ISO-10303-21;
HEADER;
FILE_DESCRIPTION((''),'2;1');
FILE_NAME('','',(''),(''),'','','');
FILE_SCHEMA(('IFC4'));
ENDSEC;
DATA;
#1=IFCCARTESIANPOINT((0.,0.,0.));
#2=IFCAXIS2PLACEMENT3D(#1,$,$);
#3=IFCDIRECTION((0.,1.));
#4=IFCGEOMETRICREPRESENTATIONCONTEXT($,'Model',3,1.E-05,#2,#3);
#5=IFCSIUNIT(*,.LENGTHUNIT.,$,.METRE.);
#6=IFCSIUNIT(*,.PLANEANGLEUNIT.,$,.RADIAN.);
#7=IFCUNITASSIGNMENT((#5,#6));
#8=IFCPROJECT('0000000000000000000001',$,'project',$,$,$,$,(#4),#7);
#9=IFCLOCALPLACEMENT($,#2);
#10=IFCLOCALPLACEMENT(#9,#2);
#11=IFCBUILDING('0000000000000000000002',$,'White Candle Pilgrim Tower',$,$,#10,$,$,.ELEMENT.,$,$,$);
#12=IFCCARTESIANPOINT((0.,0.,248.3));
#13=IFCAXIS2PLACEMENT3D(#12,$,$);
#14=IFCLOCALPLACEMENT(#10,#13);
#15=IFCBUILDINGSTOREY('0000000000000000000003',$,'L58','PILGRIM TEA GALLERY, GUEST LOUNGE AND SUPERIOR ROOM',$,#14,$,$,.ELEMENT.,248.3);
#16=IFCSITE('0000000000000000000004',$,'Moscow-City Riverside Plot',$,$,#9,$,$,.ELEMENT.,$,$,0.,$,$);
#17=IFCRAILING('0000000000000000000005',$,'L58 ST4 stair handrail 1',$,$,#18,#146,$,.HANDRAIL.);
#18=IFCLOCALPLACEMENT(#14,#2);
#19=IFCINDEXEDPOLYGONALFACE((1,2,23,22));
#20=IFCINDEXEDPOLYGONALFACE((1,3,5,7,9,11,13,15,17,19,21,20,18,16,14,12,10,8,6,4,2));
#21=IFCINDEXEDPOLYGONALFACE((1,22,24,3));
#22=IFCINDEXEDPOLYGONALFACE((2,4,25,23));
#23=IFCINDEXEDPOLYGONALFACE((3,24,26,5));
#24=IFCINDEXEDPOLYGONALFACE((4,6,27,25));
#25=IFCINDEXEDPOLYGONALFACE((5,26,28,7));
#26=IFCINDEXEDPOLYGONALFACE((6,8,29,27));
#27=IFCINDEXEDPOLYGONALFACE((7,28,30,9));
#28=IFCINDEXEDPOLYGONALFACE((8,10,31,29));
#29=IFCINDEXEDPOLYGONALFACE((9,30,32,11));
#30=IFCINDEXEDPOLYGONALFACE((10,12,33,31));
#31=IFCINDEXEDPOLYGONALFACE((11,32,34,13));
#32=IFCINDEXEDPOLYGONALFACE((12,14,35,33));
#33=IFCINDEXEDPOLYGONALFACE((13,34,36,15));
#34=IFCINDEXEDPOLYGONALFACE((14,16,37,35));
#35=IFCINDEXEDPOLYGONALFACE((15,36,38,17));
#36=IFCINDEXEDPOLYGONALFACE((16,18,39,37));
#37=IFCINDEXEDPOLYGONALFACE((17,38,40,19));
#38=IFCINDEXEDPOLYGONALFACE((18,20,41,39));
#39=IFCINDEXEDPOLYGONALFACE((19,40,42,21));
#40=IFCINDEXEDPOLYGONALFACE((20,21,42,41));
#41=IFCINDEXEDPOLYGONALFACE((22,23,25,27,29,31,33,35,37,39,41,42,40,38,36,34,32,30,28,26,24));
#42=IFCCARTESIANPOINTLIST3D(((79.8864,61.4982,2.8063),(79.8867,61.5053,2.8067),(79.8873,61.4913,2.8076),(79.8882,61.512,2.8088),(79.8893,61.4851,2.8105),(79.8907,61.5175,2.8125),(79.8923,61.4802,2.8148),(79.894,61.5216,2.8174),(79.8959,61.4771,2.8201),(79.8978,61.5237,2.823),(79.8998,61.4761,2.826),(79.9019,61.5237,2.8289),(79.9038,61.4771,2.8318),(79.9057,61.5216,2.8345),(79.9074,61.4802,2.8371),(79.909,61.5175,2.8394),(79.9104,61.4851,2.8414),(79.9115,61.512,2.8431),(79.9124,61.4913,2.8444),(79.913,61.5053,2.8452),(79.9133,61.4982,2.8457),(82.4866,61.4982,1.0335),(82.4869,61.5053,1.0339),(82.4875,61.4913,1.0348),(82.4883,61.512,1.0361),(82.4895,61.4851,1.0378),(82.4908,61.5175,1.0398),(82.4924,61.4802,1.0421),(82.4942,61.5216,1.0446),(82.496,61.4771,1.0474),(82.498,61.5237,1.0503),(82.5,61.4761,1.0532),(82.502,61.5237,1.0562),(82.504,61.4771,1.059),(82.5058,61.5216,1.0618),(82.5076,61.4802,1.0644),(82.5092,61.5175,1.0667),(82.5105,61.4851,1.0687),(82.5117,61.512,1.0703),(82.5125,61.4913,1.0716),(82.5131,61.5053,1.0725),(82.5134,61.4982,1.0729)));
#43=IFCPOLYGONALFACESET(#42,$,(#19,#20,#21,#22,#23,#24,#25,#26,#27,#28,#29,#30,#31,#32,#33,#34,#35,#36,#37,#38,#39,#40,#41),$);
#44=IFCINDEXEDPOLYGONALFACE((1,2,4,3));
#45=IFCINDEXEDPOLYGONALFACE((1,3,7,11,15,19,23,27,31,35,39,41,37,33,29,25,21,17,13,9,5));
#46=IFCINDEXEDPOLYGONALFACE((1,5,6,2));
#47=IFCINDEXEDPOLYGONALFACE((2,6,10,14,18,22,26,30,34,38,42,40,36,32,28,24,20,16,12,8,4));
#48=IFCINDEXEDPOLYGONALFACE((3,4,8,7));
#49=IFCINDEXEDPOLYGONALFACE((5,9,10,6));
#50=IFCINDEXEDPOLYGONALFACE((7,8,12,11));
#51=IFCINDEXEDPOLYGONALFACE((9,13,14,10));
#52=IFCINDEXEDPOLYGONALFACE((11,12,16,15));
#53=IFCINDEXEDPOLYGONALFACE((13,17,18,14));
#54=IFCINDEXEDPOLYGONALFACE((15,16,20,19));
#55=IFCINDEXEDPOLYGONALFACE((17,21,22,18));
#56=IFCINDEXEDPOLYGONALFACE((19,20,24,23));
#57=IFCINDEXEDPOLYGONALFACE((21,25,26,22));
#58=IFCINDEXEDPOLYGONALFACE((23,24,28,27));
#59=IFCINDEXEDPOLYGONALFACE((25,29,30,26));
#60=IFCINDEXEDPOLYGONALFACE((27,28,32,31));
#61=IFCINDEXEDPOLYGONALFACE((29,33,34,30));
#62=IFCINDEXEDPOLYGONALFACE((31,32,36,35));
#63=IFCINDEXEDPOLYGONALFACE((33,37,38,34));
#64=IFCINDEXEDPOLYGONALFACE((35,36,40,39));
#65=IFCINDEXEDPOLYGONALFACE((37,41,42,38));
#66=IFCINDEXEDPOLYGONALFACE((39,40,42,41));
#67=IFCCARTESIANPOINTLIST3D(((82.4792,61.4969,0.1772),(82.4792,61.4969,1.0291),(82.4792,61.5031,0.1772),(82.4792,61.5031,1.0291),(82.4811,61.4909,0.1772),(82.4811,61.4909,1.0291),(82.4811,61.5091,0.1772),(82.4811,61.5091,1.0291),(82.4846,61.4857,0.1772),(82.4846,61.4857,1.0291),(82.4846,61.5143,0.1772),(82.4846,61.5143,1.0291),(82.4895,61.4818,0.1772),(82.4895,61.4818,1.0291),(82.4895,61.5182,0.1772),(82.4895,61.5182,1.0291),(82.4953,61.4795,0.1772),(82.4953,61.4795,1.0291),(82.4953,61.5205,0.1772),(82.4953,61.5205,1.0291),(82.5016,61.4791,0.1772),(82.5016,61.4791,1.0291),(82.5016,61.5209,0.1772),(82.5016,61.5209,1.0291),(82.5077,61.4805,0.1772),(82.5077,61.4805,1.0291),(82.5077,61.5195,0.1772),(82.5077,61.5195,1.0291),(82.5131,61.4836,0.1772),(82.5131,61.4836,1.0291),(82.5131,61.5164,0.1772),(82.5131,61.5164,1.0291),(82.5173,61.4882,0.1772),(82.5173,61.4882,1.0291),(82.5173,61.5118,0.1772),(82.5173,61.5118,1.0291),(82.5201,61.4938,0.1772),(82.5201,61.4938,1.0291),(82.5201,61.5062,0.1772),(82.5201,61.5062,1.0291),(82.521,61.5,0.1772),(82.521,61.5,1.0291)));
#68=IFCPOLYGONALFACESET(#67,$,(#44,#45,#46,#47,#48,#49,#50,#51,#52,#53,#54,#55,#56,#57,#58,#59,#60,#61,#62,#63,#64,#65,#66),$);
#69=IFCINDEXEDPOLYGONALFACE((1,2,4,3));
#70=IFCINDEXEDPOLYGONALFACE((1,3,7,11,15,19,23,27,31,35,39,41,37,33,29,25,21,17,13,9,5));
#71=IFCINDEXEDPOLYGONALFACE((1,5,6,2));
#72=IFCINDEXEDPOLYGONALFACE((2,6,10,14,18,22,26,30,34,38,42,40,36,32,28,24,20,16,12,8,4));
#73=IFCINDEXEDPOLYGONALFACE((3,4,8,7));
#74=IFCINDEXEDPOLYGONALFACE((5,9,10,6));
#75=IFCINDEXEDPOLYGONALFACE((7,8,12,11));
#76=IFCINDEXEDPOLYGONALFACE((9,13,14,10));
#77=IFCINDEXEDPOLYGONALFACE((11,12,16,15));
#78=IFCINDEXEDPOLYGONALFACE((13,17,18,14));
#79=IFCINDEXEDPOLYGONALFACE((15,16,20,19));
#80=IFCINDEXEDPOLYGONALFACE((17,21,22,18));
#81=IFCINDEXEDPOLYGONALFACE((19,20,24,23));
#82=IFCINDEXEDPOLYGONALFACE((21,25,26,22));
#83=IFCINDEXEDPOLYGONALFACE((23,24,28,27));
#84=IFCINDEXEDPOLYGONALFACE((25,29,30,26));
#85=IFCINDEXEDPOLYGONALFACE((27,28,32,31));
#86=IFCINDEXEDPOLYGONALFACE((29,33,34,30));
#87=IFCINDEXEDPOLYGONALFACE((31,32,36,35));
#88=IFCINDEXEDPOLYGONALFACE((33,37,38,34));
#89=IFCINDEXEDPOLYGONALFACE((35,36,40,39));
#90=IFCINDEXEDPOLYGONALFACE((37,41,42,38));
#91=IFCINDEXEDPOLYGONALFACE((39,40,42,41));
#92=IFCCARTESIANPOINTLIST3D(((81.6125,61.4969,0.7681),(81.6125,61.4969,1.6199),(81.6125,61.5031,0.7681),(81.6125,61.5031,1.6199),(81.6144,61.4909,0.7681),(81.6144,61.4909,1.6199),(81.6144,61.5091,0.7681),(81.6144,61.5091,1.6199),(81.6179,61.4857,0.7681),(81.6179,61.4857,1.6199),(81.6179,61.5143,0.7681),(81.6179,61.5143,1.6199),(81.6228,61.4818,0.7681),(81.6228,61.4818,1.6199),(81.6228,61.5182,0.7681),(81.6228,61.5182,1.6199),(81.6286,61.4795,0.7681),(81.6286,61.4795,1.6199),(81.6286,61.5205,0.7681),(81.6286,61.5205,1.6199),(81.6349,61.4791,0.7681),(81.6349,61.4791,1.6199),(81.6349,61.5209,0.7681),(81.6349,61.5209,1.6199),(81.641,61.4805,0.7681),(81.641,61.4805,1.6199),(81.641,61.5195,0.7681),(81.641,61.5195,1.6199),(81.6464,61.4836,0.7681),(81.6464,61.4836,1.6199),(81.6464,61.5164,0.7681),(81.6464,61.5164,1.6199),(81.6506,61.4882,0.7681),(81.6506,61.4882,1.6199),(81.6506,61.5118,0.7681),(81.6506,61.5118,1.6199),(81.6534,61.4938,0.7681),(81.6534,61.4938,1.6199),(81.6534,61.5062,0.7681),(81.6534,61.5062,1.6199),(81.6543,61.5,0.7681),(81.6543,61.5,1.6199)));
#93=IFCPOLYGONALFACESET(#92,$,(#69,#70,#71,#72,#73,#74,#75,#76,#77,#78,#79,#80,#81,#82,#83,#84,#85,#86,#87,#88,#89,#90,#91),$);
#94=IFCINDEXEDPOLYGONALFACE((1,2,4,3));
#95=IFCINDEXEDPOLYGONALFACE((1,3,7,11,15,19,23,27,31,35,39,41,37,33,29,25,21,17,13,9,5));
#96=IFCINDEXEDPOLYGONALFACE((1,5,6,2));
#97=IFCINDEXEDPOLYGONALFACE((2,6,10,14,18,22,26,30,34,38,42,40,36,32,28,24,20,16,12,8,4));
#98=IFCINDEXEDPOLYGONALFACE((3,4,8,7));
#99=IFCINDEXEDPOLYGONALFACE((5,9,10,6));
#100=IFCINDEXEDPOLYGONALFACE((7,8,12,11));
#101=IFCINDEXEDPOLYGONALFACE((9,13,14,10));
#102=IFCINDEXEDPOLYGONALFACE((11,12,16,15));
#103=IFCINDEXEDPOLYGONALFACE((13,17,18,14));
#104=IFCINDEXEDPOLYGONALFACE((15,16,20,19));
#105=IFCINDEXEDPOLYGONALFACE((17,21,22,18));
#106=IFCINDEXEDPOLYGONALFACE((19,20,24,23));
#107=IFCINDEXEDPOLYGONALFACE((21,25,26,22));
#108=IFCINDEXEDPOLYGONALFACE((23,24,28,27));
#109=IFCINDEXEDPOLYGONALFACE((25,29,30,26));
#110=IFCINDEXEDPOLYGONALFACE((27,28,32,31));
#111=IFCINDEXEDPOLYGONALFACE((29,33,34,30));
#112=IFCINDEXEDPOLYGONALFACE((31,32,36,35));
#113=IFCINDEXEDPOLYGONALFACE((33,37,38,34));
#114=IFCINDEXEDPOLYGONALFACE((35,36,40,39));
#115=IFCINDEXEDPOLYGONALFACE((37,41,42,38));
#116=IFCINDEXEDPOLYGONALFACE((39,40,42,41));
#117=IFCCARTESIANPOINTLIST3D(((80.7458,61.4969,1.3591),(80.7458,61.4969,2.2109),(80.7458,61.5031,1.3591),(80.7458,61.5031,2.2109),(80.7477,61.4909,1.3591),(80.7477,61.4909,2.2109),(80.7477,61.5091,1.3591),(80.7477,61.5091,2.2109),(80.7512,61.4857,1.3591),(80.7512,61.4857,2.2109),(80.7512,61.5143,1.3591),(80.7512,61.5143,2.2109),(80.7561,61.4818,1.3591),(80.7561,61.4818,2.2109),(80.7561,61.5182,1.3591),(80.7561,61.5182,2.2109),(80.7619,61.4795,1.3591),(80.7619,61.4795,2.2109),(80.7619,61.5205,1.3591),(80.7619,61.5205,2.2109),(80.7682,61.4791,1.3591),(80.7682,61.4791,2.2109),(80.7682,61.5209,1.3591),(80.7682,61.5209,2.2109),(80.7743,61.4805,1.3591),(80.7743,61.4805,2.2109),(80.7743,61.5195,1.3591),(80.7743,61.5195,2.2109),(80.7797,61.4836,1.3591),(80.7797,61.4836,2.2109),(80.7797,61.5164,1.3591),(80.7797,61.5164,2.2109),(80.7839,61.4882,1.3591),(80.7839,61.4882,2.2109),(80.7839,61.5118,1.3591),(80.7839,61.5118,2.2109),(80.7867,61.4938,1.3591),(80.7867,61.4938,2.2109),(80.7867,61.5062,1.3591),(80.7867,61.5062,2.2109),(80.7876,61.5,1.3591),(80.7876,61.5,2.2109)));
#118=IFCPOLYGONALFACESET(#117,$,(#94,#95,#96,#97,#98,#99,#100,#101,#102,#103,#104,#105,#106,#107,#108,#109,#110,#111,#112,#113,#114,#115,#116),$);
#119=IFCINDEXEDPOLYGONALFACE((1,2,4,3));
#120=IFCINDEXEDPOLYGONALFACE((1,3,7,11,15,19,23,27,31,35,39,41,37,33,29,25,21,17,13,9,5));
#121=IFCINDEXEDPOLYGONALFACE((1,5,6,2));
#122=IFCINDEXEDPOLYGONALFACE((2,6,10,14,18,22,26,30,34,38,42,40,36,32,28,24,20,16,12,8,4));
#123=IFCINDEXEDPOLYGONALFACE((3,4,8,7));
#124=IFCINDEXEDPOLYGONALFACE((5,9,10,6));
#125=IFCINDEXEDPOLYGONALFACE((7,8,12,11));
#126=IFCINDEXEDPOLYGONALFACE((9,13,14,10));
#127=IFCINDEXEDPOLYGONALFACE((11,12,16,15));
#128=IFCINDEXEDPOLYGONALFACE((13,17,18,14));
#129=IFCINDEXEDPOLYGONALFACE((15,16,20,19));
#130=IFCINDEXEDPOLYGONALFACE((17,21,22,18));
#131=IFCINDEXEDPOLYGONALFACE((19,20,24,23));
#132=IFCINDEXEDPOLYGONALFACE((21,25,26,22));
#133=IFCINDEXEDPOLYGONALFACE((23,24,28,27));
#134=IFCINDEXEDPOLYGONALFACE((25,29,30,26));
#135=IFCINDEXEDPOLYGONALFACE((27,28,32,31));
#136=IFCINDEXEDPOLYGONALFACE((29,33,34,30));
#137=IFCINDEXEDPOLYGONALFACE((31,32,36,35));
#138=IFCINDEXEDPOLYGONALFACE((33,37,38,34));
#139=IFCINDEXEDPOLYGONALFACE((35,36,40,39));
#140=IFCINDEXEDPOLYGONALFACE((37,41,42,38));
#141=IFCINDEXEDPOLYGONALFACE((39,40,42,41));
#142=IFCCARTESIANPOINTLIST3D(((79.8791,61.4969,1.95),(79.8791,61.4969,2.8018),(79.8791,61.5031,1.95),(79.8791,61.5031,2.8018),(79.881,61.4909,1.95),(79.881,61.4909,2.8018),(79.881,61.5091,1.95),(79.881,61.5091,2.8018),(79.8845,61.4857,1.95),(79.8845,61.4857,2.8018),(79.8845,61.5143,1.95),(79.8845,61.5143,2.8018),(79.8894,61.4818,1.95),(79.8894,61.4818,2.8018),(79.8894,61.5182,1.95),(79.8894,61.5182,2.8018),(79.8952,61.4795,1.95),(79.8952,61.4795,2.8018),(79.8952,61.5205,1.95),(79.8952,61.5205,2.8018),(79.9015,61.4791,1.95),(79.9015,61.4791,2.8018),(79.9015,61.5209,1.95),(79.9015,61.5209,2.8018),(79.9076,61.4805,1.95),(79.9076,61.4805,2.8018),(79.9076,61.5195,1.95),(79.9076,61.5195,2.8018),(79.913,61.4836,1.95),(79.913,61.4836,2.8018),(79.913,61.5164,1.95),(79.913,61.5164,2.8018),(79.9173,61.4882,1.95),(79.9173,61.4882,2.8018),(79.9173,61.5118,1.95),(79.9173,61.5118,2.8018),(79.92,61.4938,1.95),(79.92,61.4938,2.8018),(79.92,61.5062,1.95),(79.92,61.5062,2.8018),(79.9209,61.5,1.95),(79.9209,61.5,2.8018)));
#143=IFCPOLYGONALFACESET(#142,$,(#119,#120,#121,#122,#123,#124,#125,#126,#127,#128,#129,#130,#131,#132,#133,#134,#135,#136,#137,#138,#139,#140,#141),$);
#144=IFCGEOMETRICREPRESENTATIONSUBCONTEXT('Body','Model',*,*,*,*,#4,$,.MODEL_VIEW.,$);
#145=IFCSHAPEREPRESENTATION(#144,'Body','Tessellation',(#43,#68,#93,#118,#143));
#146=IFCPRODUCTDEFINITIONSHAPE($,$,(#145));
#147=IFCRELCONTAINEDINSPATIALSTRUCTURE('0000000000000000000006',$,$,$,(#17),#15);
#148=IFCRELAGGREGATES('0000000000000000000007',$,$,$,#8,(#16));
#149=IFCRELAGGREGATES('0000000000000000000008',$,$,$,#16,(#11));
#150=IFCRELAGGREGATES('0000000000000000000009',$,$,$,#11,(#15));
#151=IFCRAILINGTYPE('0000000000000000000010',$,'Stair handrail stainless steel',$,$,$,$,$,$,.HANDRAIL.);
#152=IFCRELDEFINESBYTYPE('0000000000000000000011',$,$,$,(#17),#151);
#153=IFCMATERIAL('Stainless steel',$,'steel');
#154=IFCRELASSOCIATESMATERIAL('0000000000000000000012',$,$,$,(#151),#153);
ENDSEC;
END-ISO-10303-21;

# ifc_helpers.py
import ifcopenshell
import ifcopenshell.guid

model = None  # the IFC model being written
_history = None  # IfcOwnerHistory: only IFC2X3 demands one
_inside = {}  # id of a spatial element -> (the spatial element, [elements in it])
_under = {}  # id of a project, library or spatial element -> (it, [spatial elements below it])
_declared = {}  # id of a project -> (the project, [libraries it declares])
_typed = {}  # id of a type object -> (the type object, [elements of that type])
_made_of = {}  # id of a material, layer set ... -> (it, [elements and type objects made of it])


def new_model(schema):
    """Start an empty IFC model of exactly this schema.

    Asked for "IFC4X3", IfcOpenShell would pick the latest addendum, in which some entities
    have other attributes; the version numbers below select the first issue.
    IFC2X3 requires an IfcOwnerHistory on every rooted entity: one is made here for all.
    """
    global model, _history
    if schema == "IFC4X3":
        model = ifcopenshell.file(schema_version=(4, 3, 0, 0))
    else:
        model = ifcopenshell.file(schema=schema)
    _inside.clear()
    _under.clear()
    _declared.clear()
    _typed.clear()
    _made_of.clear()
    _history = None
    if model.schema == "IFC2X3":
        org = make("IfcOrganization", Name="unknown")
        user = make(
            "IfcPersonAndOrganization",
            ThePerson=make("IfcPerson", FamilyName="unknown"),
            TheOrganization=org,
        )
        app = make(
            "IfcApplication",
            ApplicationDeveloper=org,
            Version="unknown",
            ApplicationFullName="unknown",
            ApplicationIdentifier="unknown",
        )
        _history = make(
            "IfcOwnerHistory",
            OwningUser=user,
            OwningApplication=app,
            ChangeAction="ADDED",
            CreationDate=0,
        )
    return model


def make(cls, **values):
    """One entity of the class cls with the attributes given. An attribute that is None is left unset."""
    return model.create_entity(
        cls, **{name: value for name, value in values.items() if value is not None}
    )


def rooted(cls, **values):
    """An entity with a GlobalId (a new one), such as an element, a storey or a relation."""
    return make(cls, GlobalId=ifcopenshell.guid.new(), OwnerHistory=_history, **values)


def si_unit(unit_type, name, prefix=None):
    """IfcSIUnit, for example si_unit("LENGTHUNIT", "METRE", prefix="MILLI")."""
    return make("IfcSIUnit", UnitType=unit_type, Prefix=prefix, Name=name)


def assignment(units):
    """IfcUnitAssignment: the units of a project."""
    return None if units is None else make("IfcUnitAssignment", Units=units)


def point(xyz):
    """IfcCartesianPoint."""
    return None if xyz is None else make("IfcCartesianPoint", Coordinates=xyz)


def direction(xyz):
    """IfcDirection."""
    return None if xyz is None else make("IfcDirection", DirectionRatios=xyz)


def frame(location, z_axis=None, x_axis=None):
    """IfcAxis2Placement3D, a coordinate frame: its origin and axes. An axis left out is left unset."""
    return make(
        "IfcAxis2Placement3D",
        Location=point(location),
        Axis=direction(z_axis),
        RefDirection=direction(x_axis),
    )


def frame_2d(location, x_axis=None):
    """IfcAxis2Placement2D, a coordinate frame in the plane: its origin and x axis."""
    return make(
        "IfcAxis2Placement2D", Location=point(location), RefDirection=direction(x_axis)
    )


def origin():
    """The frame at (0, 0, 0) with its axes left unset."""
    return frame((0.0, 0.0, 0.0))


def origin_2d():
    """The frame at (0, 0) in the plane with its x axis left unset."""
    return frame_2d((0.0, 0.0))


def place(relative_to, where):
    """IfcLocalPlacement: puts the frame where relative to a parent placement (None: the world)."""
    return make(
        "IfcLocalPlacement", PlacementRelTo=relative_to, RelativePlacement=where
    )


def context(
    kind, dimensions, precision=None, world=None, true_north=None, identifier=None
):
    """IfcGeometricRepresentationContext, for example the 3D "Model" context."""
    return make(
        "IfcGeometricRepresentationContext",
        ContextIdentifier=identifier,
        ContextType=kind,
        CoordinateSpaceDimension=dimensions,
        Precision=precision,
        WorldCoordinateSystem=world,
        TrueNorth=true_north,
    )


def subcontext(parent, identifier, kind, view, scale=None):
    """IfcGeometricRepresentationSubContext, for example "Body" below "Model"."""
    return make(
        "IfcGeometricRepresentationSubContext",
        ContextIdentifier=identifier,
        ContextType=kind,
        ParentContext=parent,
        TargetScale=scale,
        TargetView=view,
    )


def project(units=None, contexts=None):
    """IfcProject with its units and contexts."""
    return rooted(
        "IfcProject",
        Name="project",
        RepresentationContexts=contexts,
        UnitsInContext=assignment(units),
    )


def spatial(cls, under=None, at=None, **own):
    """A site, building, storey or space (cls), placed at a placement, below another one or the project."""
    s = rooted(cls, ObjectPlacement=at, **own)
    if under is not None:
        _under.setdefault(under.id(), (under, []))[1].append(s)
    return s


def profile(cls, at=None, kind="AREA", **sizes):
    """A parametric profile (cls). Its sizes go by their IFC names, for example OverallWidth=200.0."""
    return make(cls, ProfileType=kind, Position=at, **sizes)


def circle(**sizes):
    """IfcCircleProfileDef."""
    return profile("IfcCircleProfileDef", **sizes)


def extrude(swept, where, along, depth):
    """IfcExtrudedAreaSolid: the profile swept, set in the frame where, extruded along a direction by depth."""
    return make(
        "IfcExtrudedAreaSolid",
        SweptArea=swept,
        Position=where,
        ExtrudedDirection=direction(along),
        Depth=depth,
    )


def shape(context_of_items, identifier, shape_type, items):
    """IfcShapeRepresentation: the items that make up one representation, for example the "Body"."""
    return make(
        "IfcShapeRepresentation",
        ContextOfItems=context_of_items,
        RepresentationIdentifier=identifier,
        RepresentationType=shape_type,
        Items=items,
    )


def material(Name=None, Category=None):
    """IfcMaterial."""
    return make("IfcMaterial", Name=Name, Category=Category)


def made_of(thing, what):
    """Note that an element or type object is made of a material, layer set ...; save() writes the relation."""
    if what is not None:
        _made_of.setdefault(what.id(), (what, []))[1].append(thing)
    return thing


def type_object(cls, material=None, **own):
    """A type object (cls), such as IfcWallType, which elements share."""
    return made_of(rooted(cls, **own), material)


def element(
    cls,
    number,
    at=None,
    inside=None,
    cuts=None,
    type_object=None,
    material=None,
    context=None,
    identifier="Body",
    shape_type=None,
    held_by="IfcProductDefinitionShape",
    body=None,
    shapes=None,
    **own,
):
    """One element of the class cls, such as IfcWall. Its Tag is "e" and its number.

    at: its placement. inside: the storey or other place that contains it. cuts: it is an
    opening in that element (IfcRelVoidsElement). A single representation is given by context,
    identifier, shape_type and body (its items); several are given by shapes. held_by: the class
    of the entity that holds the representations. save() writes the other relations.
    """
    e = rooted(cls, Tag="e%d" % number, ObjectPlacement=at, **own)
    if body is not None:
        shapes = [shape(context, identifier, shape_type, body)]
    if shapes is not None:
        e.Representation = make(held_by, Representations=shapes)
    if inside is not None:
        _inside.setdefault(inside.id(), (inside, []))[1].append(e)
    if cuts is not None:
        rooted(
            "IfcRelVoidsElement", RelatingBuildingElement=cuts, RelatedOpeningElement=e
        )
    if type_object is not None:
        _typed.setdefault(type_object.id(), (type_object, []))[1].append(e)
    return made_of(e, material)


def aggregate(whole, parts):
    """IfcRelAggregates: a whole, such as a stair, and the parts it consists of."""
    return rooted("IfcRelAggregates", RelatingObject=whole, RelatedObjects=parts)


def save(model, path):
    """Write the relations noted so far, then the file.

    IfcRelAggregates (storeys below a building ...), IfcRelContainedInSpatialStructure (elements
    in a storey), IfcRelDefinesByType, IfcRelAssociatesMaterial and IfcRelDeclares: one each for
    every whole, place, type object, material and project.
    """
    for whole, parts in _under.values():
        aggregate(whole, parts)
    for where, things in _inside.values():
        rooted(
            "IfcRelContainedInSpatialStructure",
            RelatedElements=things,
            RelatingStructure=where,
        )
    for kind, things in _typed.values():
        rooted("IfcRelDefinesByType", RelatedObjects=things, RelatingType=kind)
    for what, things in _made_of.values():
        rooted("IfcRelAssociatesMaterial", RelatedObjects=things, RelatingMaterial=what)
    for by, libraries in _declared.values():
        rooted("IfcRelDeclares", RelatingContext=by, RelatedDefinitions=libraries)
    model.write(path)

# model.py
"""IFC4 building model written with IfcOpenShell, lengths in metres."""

from ifc_helpers import new_model, si_unit, direction, frame, origin, origin_2d, place, context, subcontext, project, spatial, circle, extrude, material, type_object, element, save


model = new_model("IFC4")

# Units and contexts
model_context = context("Model", 3, precision=1e-05, world=origin(), true_north=direction((0.0, 1.0)))
body_context = subcontext(model_context, "Body", "Model", "MODEL_VIEW")
ifc_project = project(units=[si_unit("LENGTHUNIT", "METRE"), si_unit("PLANEANGLEUNIT", "RADIAN")], contexts=[model_context])

# Site, building, storey
site_placement = place(None, origin())
site = spatial("IfcSite", under=ifc_project, at=site_placement, Name="Moscow-City Riverside Plot", CompositionType="ELEMENT", RefElevation=0.0)
building_placement = place(site_placement, origin())
building = spatial("IfcBuilding", under=site, at=building_placement, Name="White Candle Pilgrim Tower", CompositionType="ELEMENT")
storey_placement = place(building_placement, frame((0.0, 0.0, 248.3)))
storey = spatial("IfcBuildingStorey", under=building, at=storey_placement, Name="L58", Description="PILGRIM TEA GALLERY, GUEST LOUNGE AND SUPERIOR ROOM", CompositionType="ELEMENT", Elevation=248.3)

# Railing
ifc_material_1 = material(Name="Stainless steel", Category="steel")
railing_type_1 = type_object("IfcRailingType", Name="Stair handrail stainless steel", PredefinedType="HANDRAIL", material=ifc_material_1)
railing_1_placement = place(storey_placement, frame((82.5, 61.5, 0.1772)))
element("IfcRailing", 1, at=railing_1_placement, inside=storey, type_object=railing_type_1, Name="L58 ST4 stair handrail 1", PredefinedType="HANDRAIL", context=body_context, shape_type="SweptSolid", body=[
    extrude(circle(Radius=0.0239, at=origin_2d()), frame((0.0, 0.0, 0.876), z_axis=(-0.82624, 0.0, 0.563318), x_axis=(0.0, -1.0, 0.0)), (0.0, 0.0, 1.0), 3.147),
    extrude(circle(Radius=0.021, at=origin_2d()), origin(), (0.0, 0.0, 1.0), 0.8518),
    extrude(circle(Radius=0.021, at=origin_2d()), frame((-0.8667, 0.0, 0.5908)), (0.0, 0.0, 1.0), 0.8518),
    extrude(circle(Radius=0.021, at=origin_2d()), frame((-1.7334, 0.0, 1.1819)), (0.0, 0.0, 1.0), 0.8518),
    extrude(circle(Radius=0.021, at=origin_2d()), frame((-2.6001, 0.0, 1.7727)), (0.0, 0.0, 1.0), 0.8518),
])

save(model, "model.ifc")
